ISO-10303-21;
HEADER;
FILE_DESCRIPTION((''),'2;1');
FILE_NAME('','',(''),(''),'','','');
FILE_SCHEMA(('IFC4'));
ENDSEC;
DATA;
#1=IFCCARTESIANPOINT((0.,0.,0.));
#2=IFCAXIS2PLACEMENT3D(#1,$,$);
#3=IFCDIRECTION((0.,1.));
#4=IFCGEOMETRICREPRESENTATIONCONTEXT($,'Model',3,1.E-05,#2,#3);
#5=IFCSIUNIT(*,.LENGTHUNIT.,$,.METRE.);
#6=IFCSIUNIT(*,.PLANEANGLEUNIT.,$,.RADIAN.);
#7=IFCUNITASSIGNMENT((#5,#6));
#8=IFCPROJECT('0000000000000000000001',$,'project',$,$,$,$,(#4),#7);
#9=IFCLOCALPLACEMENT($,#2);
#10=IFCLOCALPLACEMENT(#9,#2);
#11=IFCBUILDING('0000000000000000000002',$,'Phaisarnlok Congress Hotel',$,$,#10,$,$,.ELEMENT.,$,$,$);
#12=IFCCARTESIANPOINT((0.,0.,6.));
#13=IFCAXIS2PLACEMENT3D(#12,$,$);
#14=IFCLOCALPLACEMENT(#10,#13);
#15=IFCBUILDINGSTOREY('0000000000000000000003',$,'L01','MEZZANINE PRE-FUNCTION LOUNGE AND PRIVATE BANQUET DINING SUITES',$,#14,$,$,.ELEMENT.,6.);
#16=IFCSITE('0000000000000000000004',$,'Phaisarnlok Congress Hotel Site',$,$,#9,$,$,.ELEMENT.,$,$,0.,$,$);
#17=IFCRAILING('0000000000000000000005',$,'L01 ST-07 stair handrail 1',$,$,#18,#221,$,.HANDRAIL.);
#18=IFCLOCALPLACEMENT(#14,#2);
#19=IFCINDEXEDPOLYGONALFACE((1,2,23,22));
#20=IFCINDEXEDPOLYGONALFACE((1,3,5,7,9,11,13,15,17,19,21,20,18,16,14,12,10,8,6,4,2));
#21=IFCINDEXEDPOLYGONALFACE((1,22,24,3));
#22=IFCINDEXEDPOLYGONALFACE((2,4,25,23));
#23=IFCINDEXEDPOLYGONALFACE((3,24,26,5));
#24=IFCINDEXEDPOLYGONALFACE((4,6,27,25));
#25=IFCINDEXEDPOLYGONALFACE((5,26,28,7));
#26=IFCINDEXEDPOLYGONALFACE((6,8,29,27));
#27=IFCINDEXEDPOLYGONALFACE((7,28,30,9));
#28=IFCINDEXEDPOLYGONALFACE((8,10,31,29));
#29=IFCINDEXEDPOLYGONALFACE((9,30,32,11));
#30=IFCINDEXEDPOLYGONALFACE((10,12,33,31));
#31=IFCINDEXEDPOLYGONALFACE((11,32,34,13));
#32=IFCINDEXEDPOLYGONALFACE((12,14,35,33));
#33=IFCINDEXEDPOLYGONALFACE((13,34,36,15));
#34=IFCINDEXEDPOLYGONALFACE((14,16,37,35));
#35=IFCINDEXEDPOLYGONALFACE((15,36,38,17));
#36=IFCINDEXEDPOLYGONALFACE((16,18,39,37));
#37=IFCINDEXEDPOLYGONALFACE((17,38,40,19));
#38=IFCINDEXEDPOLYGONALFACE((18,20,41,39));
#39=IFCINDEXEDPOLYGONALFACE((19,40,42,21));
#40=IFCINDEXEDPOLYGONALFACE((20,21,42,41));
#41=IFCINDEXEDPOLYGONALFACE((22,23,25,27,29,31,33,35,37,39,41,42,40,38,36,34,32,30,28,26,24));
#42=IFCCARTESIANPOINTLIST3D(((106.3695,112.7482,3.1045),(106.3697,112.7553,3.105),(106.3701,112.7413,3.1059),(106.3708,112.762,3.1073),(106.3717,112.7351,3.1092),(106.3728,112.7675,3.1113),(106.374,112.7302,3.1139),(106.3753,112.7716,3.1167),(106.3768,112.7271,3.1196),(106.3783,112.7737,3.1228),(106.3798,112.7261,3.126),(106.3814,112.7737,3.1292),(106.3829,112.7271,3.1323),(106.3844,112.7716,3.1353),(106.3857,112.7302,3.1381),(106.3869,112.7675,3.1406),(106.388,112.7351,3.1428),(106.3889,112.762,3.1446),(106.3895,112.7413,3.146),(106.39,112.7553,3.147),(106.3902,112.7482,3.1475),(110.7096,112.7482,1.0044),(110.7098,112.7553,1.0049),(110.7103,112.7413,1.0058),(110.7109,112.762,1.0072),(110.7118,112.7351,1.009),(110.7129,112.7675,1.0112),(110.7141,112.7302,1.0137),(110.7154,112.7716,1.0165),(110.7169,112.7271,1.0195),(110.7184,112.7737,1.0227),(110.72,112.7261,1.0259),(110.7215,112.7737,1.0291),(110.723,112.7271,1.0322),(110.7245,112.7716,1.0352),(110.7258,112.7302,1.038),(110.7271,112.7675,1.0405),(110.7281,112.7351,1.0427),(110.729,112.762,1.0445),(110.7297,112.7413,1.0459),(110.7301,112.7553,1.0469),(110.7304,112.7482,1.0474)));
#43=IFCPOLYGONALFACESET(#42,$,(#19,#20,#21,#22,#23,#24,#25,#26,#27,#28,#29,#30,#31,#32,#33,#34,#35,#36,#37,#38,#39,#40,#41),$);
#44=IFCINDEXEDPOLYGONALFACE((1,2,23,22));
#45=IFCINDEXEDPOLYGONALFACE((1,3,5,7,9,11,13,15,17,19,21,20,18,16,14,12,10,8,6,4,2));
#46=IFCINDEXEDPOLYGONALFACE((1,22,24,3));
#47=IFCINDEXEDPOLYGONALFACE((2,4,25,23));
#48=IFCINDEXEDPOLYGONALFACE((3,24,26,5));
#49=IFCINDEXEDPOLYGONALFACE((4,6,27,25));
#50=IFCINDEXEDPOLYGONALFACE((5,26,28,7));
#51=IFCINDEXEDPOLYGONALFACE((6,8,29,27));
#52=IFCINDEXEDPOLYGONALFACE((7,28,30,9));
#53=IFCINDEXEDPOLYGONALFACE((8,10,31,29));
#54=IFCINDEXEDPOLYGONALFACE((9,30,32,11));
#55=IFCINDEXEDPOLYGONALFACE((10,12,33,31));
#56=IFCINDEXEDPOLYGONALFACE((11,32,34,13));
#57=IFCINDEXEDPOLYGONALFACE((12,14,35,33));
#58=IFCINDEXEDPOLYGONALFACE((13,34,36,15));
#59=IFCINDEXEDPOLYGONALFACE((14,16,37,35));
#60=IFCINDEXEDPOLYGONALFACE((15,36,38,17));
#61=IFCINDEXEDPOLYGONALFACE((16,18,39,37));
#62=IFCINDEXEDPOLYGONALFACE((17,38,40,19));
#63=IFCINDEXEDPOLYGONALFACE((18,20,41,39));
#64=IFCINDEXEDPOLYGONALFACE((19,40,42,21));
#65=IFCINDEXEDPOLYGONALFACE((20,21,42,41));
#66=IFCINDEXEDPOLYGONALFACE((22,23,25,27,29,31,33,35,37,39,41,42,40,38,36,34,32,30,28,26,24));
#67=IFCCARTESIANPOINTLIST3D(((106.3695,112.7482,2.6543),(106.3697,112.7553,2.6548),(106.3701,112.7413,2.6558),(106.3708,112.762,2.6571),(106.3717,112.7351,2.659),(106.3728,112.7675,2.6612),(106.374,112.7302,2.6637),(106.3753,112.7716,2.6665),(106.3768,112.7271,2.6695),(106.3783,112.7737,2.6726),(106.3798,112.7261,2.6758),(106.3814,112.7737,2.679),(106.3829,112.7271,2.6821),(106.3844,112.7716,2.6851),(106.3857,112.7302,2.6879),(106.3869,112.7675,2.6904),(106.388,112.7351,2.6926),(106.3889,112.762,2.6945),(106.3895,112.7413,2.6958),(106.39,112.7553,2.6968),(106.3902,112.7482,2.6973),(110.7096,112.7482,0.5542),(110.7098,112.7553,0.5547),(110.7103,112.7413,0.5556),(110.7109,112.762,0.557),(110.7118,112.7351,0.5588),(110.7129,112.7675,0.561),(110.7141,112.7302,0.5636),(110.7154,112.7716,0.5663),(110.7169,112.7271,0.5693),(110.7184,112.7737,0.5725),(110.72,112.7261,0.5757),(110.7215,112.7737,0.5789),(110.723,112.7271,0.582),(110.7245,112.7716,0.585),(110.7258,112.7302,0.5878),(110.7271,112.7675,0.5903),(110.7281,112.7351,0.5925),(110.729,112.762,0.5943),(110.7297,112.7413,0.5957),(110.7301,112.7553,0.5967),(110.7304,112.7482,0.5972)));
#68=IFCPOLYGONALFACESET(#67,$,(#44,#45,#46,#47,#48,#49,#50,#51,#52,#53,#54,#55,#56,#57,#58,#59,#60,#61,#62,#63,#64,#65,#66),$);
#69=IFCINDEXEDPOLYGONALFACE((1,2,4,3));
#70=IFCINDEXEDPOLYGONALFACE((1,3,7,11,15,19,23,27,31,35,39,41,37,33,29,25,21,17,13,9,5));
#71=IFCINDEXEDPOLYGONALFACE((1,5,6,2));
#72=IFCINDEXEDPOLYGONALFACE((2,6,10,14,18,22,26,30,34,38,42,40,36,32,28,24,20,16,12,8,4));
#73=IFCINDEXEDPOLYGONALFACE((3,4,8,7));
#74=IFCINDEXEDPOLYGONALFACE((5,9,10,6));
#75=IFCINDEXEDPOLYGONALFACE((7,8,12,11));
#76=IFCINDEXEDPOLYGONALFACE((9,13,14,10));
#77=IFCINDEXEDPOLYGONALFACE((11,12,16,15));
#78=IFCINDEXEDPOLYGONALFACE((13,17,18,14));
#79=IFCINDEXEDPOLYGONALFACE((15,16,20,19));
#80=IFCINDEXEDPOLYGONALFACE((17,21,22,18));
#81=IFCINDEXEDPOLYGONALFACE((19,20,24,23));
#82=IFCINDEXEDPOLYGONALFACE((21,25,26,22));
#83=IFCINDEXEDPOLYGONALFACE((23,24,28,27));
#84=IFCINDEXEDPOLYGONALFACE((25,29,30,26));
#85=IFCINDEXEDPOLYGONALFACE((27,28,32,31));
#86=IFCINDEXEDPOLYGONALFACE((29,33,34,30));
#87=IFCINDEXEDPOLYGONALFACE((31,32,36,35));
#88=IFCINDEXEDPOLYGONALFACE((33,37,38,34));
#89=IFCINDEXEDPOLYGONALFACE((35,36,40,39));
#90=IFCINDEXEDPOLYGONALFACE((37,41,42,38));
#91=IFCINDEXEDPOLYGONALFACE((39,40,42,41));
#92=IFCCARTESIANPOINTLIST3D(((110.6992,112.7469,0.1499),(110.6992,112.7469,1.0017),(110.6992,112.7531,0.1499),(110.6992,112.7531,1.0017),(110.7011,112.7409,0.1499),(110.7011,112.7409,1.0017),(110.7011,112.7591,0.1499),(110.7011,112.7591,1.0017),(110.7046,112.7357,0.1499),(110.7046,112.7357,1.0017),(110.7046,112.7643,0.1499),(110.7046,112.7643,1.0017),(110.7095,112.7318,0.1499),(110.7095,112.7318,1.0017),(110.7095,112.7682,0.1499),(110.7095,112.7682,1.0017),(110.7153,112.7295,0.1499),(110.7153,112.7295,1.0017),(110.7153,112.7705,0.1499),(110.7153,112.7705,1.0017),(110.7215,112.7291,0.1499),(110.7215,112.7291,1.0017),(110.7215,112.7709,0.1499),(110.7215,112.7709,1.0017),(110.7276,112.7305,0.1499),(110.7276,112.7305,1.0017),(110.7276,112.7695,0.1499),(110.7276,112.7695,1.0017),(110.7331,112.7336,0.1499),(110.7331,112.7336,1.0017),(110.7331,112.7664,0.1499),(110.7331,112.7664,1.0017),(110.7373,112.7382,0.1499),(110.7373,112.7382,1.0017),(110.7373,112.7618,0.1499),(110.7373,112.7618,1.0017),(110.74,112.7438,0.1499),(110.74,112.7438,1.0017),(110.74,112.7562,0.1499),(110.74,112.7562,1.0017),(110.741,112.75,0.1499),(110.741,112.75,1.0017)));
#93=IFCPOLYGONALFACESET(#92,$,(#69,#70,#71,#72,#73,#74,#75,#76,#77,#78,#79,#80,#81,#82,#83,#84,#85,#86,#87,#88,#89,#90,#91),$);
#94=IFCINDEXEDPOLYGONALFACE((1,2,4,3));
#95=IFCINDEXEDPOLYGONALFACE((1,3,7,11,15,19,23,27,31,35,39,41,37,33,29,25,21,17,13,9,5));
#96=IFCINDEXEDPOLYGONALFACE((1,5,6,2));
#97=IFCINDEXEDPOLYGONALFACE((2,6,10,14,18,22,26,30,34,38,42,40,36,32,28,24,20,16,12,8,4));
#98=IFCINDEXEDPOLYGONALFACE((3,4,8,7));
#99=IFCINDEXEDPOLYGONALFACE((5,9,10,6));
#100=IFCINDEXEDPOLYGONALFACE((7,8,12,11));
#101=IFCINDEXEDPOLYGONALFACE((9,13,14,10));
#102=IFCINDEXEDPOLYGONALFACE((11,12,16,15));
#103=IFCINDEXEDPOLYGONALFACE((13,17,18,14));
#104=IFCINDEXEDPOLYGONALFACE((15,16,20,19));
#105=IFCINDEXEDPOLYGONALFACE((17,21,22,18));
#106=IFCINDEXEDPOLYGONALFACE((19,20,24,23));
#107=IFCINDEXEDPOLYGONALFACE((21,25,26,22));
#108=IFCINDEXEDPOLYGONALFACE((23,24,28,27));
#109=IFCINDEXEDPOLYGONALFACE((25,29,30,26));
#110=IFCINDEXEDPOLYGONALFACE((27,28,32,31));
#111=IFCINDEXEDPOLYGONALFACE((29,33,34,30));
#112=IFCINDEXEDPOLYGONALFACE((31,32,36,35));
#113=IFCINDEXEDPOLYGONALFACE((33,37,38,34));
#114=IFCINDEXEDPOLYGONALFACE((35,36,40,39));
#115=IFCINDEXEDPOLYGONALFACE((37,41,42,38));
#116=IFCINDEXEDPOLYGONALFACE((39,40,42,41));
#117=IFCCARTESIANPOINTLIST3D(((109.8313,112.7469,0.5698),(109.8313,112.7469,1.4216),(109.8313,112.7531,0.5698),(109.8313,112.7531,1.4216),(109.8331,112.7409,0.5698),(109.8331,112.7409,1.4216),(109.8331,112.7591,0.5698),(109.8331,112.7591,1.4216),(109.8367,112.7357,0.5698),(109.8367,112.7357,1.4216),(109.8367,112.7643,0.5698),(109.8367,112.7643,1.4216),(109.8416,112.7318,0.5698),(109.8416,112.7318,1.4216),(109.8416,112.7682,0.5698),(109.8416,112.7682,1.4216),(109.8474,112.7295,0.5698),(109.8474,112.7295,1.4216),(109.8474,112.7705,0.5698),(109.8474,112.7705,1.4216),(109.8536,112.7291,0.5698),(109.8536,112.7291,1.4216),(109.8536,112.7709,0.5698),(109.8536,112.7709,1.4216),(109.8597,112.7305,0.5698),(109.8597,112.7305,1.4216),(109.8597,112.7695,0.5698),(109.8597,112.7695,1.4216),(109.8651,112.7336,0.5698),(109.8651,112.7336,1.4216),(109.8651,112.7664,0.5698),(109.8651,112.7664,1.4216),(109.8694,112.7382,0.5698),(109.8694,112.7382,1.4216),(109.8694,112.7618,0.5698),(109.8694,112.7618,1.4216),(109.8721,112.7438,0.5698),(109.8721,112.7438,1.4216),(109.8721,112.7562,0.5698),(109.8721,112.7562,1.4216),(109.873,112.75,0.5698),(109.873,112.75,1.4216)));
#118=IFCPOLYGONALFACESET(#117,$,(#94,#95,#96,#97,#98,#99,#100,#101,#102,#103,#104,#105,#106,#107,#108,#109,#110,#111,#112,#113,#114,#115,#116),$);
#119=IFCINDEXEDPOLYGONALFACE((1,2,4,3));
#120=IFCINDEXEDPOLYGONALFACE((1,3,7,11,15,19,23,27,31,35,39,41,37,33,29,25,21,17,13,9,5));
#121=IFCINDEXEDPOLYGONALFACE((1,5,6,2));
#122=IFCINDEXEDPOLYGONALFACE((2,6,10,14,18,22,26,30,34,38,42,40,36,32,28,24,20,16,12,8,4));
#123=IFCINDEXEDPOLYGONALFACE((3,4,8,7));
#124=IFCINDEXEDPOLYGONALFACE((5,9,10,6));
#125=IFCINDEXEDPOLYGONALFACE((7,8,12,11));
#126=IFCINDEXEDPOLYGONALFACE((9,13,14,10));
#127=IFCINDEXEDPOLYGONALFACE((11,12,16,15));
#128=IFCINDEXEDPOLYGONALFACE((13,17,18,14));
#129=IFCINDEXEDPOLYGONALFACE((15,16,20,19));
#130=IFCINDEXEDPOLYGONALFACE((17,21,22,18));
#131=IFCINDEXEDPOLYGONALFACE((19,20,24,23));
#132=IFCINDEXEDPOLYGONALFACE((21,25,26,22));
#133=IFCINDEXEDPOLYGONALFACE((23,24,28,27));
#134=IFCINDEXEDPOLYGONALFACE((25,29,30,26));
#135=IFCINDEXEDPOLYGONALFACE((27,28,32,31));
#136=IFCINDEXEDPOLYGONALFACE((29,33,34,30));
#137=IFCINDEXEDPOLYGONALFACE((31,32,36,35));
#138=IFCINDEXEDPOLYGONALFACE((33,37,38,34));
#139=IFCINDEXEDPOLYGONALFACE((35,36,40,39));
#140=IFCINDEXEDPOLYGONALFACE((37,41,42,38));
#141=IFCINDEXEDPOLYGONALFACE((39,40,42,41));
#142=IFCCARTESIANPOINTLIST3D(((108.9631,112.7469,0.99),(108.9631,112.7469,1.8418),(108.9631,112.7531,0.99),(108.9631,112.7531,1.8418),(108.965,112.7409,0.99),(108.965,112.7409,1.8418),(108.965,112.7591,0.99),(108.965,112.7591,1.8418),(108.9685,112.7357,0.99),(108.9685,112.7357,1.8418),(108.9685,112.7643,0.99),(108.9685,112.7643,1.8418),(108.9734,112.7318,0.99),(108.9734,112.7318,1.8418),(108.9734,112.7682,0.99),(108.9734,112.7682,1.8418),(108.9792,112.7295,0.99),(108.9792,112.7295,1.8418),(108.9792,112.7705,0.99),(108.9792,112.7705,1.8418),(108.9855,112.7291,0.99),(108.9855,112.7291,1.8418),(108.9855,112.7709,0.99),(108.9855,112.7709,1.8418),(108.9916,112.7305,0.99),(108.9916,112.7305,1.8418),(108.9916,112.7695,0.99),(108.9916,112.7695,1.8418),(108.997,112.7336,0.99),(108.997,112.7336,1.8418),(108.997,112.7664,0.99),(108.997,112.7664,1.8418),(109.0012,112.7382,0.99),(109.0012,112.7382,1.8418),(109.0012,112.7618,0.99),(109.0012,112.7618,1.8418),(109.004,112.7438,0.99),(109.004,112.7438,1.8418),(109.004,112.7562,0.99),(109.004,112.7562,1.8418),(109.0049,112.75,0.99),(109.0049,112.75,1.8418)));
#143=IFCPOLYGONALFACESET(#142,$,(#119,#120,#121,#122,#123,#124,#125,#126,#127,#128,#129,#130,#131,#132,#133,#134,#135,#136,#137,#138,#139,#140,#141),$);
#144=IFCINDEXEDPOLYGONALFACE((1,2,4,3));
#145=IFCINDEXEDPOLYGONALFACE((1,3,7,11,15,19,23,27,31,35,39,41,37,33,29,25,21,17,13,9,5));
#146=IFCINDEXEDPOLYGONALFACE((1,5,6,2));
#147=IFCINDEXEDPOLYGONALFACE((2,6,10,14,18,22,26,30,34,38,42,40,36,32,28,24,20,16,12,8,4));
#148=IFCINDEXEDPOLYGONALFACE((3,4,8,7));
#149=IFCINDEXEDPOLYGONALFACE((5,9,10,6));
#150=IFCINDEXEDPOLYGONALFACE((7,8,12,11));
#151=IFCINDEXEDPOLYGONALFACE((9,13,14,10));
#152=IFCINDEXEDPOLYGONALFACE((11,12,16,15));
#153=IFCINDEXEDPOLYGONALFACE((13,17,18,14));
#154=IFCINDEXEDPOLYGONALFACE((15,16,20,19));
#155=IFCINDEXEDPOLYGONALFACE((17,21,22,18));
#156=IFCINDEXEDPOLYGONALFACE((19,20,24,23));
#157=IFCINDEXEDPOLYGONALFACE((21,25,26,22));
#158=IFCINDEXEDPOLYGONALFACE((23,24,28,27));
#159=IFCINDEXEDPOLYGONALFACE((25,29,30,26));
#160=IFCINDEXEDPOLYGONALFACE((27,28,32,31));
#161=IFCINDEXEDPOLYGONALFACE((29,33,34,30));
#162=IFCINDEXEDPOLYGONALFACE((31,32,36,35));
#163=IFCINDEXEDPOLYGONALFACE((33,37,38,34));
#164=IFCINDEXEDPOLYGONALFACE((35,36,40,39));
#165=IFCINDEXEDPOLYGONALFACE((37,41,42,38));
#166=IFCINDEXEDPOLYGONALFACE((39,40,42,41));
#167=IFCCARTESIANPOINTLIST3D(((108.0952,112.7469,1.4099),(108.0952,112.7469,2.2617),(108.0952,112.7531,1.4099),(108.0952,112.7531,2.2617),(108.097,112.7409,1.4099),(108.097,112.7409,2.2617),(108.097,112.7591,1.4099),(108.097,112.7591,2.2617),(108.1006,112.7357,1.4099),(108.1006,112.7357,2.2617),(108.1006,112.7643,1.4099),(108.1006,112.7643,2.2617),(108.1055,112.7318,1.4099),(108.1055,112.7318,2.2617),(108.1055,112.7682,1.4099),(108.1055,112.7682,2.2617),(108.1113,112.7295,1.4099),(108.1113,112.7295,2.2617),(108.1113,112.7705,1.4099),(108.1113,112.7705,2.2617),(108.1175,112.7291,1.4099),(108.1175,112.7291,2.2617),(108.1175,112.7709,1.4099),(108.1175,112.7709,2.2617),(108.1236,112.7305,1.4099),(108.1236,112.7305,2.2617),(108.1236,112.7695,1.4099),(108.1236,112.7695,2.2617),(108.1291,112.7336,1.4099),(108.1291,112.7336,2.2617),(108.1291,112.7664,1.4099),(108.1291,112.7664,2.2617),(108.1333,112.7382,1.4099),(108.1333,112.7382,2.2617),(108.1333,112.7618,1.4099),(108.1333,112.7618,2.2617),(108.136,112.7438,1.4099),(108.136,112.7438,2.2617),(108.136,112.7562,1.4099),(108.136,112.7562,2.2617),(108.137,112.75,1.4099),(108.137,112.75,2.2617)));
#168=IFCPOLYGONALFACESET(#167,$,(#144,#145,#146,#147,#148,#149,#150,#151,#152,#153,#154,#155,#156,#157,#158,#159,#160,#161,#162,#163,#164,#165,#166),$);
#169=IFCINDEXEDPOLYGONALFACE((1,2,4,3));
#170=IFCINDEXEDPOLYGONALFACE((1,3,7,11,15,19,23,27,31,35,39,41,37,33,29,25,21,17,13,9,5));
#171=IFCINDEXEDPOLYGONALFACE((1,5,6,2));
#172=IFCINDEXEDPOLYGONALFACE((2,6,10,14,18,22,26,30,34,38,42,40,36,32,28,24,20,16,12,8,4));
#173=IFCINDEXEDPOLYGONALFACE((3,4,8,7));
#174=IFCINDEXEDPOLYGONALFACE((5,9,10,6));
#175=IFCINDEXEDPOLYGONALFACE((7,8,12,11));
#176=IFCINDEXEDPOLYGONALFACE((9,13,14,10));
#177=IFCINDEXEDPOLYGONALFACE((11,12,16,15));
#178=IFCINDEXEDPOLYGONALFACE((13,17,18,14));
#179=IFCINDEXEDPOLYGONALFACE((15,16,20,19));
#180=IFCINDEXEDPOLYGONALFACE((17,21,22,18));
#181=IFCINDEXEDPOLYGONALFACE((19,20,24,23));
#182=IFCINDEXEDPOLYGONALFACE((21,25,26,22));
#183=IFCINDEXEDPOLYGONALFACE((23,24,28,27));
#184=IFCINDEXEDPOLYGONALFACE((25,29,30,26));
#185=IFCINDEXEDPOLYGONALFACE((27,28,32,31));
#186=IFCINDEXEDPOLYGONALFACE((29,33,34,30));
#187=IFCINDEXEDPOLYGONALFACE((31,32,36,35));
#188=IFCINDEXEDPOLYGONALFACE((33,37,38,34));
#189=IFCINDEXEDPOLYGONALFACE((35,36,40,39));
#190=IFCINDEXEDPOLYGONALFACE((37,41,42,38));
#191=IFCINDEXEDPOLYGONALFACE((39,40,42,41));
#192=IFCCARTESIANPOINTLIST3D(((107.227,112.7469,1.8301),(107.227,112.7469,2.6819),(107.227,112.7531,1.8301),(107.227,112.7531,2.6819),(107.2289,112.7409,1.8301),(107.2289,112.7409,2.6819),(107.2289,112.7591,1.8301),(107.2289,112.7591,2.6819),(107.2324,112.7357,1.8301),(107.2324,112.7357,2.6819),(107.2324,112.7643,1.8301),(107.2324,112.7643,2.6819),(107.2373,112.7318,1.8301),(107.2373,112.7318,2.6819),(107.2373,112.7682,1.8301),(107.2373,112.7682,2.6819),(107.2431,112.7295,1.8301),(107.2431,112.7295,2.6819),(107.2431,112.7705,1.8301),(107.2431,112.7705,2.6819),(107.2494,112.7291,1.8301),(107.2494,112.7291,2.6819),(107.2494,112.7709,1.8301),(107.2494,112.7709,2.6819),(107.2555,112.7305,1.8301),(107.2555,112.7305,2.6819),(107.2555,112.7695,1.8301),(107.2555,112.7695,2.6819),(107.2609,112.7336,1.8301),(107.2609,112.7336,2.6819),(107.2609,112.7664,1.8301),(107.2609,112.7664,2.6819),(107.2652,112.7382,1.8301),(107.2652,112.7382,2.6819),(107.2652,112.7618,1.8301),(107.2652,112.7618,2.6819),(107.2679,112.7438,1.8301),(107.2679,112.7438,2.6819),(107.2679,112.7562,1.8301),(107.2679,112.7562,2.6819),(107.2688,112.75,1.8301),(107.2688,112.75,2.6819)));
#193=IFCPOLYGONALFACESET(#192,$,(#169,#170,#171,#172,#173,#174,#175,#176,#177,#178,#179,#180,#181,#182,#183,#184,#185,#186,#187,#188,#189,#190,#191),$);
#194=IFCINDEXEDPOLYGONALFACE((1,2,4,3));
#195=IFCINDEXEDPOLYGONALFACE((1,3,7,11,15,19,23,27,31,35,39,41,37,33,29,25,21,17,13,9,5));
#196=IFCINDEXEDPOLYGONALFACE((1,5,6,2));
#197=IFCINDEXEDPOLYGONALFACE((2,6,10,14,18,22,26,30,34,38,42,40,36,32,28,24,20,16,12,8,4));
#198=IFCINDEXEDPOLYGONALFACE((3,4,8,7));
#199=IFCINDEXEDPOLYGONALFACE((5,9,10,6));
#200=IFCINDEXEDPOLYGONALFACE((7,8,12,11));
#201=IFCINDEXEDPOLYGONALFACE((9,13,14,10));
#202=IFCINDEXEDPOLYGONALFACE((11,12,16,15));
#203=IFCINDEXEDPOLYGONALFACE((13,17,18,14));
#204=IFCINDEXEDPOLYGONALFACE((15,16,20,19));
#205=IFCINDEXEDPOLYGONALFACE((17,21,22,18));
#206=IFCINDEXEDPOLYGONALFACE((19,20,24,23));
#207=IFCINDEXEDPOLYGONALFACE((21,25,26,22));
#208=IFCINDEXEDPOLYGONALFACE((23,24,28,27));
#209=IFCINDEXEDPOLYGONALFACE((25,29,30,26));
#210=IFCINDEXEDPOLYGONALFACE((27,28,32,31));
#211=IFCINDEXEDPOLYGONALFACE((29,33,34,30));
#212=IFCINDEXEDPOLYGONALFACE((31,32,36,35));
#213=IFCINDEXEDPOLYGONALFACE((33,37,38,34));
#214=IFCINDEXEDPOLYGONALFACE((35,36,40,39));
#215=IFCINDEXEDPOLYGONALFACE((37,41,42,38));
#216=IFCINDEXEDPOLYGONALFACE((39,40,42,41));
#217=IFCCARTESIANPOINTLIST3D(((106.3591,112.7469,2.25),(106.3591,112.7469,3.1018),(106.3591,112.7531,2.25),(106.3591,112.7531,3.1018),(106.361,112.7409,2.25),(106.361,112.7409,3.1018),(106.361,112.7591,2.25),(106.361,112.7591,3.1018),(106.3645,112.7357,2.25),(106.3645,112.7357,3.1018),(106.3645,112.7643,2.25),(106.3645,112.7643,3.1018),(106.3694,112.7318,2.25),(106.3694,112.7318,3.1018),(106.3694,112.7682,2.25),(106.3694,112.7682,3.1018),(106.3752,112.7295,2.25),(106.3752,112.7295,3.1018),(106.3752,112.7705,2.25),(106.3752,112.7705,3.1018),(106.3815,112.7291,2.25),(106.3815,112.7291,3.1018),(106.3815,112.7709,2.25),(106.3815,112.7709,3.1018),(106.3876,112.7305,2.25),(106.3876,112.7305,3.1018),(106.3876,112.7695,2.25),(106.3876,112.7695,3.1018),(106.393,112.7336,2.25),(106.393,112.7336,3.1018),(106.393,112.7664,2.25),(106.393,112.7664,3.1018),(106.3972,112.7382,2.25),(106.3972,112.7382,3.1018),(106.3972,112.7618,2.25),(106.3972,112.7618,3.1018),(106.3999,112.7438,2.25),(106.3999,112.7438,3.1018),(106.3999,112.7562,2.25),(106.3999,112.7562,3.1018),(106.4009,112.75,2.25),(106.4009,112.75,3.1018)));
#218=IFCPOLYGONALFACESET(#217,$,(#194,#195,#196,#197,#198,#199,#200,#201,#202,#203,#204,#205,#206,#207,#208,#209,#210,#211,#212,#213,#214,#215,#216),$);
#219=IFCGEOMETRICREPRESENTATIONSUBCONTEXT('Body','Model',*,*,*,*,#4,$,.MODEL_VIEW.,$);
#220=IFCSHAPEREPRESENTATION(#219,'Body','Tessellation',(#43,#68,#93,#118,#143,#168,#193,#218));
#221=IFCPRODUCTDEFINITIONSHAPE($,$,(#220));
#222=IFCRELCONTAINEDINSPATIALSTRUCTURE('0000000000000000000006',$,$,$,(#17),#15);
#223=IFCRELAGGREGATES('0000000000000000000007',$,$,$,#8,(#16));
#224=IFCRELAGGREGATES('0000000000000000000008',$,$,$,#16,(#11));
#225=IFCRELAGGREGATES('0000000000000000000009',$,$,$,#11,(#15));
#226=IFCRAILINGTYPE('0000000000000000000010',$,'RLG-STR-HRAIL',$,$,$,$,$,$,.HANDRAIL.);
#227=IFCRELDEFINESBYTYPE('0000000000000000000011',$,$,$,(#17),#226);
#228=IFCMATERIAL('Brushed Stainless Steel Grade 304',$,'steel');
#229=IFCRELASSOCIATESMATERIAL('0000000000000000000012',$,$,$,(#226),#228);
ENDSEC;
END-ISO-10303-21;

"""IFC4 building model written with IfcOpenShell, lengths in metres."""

from ifc_helpers import new_model, si_unit, direction, frame, origin, origin_2d, place, context, subcontext, project, spatial, circle, extrude, material, type_object, element, save


model = new_model("IFC4")

# Units and contexts
model_context = context("Model", 3, precision=1e-05, world=origin(), true_north=direction((0.0, 1.0)))
body_context = subcontext(model_context, "Body", "Model", "MODEL_VIEW")
ifc_project = project(units=[si_unit("LENGTHUNIT", "METRE"), si_unit("PLANEANGLEUNIT", "RADIAN")], contexts=[model_context])

# Site, building, storey
site_placement = place(None, origin())
site = spatial("IfcSite", under=ifc_project, at=site_placement, Name="Phaisarnlok Congress Hotel Site", CompositionType="ELEMENT", RefElevation=0.0)
building_placement = place(site_placement, origin())
building = spatial("IfcBuilding", under=site, at=building_placement, Name="Phaisarnlok Congress Hotel", CompositionType="ELEMENT")
storey_placement = place(building_placement, frame((0.0, 0.0, 6.0)))
storey = spatial("IfcBuildingStorey", under=building, at=storey_placement, Name="L01", Description="MEZZANINE PRE-FUNCTION LOUNGE AND PRIVATE BANQUET DINING SUITES", CompositionType="ELEMENT", Elevation=6.0)

# Shared definitions
ifc_material_1 = material(Name="Brushed Stainless Steel Grade 304", Category="steel")

# Railing
railing_type_1 = type_object("IfcRailingType", Name="RLG-STR-HRAIL", PredefinedType="HANDRAIL", material=ifc_material_1)
railing_1_placement = place(storey_placement, frame((110.72, 112.75, 0.1499)))
element("IfcRailing", 1, at=railing_1_placement, inside=storey, type_object=railing_type_1, Name="L01 ST-07 stair handrail 1", PredefinedType="HANDRAIL", context=body_context, shape_type="SweptSolid", body=[
    extrude(circle(Radius=0.0239, at=origin_2d()), frame((0.0, 0.0, 0.876), z_axis=(-0.900155, 0.0, 0.43557), x_axis=(0.0, -1.0, 0.0)), (0.0, 0.0, 1.0), 4.8215),
    extrude(circle(Radius=0.0239, at=origin_2d()), frame((0.0, 0.0, 0.4258), z_axis=(-0.900155, 0.0, 0.43557), x_axis=(0.0, -1.0, 0.0)), (0.0, 0.0, 1.0), 4.8215),
    extrude(circle(Radius=0.021, at=origin_2d()), origin(), (0.0, 0.0, 1.0), 0.8518),
    extrude(circle(Radius=0.021, at=origin_2d()), frame((-0.8679, 0.0, 0.4199)), (0.0, 0.0, 1.0), 0.8518),
    extrude(circle(Radius=0.021, at=origin_2d()), frame((-1.7361, 0.0, 0.8401)), (0.0, 0.0, 1.0), 0.8518),
    extrude(circle(Radius=0.021, at=origin_2d()), frame((-2.604, 0.0, 1.26)), (0.0, 0.0, 1.0), 0.8518),
    extrude(circle(Radius=0.021, at=origin_2d()), frame((-3.4722, 0.0, 1.6802)), (0.0, 0.0, 1.0), 0.8518),
    extrude(circle(Radius=0.021, at=origin_2d()), frame((-4.3401, 0.0, 2.1001)), (0.0, 0.0, 1.0), 0.8518),
])

save(model, "model.ifc")
